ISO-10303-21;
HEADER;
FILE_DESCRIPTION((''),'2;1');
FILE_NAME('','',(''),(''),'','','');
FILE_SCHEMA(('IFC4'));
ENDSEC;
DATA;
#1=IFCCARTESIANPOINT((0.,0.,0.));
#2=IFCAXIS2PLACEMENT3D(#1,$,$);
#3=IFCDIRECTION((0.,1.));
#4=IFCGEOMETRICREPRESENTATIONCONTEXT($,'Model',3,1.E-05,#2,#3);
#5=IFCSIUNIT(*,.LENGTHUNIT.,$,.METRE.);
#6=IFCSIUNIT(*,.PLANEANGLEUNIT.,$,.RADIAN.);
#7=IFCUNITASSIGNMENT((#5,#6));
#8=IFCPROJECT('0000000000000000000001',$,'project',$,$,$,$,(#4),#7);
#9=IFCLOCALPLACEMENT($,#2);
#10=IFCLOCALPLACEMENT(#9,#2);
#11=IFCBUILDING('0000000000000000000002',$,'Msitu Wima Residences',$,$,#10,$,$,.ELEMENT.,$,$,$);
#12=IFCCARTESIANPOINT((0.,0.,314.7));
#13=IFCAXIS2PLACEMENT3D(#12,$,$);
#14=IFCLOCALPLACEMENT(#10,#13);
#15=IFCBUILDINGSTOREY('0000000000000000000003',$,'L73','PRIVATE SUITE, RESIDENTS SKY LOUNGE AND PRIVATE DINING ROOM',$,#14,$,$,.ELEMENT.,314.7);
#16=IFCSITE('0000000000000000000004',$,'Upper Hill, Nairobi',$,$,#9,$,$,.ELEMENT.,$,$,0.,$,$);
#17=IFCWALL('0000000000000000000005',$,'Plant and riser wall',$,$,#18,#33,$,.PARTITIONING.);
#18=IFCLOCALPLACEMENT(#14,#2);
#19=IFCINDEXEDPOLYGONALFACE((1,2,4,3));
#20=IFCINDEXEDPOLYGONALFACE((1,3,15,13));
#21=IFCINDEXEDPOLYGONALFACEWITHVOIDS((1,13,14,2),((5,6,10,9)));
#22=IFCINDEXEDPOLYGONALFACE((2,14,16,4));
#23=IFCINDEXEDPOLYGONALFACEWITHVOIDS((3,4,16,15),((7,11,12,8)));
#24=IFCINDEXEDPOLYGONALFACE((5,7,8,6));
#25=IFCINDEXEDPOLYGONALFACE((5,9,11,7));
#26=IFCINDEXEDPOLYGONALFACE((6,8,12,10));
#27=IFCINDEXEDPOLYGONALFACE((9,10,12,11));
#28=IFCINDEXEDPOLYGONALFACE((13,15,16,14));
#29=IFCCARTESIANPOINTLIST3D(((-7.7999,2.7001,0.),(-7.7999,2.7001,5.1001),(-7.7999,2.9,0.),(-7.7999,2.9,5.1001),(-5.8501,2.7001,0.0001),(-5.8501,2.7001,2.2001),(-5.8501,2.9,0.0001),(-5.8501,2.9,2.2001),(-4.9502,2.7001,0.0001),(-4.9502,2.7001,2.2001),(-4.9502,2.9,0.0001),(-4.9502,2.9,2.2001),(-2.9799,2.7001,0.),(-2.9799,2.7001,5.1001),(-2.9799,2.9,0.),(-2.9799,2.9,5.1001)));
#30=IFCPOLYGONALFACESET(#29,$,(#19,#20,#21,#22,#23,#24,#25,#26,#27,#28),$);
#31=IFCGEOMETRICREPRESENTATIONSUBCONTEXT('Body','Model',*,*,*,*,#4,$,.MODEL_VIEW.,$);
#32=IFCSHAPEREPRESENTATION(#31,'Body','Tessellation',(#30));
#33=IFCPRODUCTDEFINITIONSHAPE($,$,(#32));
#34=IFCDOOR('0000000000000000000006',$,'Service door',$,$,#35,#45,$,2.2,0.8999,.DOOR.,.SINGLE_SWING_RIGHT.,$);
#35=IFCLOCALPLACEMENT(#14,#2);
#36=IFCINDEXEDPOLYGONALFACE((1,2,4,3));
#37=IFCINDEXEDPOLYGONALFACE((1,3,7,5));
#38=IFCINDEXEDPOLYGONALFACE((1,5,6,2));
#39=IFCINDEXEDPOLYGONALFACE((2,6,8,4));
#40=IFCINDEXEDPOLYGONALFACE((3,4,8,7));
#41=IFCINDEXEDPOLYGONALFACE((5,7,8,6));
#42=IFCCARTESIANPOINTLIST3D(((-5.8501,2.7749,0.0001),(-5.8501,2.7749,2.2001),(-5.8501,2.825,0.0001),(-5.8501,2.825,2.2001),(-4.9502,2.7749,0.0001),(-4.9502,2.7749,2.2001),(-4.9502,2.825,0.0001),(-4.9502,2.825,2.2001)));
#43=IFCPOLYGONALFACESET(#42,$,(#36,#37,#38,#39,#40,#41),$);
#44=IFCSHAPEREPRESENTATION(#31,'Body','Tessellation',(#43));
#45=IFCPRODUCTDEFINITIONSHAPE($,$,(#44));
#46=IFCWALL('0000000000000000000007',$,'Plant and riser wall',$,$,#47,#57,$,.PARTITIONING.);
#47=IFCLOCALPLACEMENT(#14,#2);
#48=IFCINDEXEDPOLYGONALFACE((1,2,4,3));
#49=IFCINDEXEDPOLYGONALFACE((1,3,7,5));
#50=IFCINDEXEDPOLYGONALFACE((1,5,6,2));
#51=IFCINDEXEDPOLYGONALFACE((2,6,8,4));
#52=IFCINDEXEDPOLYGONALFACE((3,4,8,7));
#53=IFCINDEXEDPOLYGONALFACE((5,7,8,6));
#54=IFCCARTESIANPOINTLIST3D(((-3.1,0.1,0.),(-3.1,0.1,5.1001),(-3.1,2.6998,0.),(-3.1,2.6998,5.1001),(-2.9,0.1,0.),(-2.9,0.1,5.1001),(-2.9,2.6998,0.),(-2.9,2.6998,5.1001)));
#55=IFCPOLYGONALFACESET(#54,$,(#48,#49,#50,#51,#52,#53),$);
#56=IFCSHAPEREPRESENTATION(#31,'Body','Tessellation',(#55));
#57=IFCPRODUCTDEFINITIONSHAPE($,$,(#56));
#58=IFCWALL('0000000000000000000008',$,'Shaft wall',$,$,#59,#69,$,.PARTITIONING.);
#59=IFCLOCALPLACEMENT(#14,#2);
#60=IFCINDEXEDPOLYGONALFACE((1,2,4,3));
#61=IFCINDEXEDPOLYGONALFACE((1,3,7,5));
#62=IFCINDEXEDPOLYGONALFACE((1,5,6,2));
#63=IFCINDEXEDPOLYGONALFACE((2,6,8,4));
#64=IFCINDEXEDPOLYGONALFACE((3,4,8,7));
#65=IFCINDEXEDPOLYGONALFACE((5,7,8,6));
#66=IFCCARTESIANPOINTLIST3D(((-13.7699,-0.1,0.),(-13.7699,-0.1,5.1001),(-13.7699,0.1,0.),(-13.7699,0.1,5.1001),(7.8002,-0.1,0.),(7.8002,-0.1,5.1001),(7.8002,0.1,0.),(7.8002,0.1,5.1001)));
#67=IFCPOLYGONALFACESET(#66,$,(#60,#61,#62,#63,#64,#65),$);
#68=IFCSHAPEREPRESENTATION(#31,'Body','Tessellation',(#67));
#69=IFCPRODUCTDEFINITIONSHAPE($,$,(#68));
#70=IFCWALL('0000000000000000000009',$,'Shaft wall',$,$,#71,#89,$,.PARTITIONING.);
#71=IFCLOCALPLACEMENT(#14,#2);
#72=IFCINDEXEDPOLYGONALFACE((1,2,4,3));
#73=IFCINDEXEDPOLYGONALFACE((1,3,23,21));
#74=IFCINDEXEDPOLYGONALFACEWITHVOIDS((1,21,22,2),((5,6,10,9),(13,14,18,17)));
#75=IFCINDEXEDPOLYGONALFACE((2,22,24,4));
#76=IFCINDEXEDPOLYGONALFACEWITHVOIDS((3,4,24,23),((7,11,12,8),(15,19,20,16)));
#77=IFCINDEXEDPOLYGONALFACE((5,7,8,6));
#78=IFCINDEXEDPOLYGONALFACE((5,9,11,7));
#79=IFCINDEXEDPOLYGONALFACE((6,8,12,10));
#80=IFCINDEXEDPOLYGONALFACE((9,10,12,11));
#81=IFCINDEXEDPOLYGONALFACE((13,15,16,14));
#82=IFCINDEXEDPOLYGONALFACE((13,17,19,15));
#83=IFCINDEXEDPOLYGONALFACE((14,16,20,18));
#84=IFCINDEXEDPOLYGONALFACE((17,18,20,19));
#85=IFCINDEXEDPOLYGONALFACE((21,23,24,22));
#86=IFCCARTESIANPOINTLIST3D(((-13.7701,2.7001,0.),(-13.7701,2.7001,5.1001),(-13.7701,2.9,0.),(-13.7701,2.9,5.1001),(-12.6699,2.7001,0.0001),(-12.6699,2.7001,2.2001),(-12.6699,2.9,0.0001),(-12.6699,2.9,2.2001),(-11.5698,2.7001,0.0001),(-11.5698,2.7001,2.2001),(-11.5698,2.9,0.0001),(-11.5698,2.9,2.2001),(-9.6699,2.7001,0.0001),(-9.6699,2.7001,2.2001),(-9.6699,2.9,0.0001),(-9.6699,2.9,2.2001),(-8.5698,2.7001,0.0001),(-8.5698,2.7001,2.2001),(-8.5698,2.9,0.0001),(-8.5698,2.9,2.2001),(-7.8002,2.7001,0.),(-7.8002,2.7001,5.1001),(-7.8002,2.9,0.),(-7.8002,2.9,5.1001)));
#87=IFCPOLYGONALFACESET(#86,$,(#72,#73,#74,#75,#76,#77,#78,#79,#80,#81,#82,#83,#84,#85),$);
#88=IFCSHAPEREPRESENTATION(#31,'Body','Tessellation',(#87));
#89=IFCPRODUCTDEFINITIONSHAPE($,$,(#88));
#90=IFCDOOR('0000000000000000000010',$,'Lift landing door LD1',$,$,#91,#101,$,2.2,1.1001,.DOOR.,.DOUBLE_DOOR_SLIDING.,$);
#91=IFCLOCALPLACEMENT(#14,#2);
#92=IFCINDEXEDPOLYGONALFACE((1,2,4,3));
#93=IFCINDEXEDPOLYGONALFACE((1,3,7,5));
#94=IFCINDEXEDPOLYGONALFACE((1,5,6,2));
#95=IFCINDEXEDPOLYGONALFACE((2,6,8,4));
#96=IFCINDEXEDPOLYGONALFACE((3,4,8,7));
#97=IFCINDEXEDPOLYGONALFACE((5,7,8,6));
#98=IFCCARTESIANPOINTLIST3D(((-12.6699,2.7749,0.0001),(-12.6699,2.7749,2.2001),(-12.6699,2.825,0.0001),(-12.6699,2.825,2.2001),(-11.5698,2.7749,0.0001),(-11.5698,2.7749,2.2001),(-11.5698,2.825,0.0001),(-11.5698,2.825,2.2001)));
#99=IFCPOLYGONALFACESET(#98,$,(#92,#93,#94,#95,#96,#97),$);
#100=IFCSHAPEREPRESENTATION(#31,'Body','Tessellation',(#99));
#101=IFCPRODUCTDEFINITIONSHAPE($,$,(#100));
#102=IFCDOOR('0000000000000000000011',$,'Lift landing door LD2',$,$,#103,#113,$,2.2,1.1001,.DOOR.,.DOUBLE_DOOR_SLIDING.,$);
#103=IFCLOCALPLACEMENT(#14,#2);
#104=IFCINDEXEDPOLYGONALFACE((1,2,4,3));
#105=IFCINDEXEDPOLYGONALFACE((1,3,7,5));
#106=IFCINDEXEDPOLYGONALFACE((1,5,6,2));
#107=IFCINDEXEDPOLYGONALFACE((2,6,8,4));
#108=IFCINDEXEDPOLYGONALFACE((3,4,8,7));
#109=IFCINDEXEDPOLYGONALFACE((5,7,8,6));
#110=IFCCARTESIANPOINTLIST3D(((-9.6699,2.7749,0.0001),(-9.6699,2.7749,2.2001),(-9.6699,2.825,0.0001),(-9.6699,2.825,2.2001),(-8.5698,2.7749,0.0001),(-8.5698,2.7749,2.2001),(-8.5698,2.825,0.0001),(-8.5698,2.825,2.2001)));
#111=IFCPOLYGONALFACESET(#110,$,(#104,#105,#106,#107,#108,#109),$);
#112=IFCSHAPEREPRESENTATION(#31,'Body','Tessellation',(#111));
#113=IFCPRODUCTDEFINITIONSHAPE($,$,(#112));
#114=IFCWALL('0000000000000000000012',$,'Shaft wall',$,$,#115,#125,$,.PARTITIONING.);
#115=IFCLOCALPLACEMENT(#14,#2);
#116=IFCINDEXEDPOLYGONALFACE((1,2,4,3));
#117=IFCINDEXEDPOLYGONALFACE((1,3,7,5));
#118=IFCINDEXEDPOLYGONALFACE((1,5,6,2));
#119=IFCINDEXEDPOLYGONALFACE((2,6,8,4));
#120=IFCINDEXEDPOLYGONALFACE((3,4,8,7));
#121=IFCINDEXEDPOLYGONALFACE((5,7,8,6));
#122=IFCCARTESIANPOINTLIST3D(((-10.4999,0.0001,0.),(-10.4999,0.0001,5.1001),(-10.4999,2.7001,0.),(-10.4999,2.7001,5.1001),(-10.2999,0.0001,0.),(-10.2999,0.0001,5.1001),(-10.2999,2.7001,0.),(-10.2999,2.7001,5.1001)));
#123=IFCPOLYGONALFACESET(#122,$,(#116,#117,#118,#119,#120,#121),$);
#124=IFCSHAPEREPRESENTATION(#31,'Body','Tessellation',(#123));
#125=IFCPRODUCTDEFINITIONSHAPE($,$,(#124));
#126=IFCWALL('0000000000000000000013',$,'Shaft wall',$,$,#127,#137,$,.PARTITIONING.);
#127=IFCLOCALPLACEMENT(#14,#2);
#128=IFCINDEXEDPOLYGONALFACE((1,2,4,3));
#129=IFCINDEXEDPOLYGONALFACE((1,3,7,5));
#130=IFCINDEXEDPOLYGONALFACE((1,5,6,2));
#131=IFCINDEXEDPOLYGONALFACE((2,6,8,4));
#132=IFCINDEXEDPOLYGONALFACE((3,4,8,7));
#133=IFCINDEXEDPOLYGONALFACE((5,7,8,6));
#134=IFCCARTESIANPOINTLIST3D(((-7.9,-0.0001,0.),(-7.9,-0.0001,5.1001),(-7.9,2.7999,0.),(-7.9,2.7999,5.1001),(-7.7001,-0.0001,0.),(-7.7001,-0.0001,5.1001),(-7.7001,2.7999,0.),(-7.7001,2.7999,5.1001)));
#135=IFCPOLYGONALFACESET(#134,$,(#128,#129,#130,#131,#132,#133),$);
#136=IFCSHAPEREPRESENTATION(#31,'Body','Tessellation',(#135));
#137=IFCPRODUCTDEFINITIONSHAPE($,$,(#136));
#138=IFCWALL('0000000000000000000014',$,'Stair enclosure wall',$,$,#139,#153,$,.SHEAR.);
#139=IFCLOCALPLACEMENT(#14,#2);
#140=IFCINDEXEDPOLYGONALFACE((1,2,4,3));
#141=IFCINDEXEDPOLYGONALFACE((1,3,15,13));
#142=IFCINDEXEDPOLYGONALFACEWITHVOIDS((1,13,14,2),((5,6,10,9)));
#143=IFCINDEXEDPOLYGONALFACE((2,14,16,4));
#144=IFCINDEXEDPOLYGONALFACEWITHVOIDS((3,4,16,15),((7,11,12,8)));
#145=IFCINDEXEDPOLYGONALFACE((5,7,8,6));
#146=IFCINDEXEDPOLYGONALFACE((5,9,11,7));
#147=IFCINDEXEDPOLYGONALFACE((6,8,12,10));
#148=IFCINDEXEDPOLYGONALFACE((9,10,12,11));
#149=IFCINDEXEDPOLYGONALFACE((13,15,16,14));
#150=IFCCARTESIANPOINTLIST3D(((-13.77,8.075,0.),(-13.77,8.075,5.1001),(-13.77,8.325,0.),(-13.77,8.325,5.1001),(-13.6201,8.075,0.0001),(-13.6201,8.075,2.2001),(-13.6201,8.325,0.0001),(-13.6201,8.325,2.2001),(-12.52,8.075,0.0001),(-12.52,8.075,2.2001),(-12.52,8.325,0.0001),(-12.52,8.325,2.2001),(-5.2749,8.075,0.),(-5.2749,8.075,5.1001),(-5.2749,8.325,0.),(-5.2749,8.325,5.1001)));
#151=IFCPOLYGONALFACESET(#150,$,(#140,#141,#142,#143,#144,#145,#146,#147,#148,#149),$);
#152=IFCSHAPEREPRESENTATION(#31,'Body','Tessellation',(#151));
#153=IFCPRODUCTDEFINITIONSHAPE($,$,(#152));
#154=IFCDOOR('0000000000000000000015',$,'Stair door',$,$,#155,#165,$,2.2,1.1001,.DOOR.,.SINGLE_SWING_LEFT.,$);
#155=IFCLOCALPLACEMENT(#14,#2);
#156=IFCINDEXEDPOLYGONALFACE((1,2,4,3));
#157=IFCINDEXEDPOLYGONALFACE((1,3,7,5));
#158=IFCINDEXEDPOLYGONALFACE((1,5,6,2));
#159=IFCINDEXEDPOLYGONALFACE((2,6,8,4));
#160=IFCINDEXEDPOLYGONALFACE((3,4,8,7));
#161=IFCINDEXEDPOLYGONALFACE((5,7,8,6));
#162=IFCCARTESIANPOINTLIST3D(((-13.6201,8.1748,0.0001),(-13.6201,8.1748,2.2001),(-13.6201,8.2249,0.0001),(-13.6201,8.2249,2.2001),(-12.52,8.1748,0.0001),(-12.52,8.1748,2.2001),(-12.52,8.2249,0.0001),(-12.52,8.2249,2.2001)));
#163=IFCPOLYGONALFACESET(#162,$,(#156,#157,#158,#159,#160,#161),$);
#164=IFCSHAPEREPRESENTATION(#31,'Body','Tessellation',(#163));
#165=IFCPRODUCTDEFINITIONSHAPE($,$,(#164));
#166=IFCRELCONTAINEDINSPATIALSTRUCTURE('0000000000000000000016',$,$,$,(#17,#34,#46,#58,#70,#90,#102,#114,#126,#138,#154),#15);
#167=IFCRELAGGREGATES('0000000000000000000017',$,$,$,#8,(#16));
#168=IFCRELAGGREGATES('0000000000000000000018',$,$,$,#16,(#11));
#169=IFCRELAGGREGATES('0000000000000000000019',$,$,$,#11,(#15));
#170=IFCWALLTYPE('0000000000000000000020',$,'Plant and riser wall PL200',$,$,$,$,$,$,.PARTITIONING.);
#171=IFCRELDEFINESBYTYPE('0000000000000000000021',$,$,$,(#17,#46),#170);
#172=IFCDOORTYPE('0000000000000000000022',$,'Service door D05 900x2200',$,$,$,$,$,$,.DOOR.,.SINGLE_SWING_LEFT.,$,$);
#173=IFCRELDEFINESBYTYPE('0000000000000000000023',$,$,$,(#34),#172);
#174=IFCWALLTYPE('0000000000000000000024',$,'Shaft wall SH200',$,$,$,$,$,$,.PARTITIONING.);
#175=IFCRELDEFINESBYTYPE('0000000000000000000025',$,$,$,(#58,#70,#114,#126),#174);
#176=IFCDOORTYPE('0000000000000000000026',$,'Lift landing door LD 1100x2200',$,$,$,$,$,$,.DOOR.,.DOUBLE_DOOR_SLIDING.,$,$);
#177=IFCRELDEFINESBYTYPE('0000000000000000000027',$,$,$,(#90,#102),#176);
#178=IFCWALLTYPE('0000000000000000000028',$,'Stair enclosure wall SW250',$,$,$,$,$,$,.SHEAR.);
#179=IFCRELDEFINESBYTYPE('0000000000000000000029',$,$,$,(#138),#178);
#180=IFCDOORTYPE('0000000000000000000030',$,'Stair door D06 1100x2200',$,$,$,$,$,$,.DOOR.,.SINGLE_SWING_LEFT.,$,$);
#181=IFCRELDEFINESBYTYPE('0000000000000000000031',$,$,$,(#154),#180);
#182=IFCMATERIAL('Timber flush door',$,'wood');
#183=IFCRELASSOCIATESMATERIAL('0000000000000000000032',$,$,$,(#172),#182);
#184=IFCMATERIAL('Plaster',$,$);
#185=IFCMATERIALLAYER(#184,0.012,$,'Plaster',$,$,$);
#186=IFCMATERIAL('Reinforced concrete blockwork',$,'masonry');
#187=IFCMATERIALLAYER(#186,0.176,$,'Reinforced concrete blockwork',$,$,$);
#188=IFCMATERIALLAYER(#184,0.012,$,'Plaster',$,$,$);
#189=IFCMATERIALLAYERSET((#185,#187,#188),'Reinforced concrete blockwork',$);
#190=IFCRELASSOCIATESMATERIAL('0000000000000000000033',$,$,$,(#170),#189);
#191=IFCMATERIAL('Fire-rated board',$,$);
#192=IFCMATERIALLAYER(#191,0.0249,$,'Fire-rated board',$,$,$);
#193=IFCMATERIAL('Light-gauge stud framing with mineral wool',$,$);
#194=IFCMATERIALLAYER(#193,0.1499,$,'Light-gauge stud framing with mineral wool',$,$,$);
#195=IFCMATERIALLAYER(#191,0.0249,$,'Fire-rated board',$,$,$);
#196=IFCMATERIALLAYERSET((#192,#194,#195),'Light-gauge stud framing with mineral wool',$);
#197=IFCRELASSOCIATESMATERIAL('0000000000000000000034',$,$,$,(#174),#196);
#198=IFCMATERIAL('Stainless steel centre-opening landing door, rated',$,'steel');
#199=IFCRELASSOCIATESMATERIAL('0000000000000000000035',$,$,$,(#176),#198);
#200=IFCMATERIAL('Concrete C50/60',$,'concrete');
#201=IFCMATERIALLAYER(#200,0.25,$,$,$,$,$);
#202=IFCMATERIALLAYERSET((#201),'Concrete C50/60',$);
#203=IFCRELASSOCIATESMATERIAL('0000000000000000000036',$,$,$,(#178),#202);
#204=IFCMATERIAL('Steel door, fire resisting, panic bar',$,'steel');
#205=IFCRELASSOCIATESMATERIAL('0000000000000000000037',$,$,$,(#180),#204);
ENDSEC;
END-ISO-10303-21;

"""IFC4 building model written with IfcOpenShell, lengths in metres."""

from ifc_helpers import new_model, si_unit, direction, frame, frame_2d, origin, place, context, subcontext, project, spatial, rectangle, extrude, material, layer, layer_set, type_object, element, fill, save


model = new_model("IFC4")

# Units and contexts
model_context = context("Model", 3, precision=1e-05, world=origin(), true_north=direction((0.0, 1.0)))
body_context = subcontext(model_context, "Body", "Model", "MODEL_VIEW")
ifc_project = project(units=[si_unit("LENGTHUNIT", "METRE"), si_unit("PLANEANGLEUNIT", "RADIAN")], contexts=[model_context])

# Site, building, storey
site_placement = place(None, origin())
site = spatial("IfcSite", under=ifc_project, at=site_placement, Name="Upper Hill, Nairobi", CompositionType="ELEMENT", RefElevation=0.0)
building_placement = place(site_placement, origin())
building = spatial("IfcBuilding", under=site, at=building_placement, Name="Msitu Wima Residences", CompositionType="ELEMENT")
storey_placement = place(building_placement, frame((0.0, 0.0, 314.7)))
storey = spatial("IfcBuildingStorey", under=building, at=storey_placement, Name="L73", Description="PRIVATE SUITE, RESIDENTS SKY LOUNGE AND PRIVATE DINING ROOM", CompositionType="ELEMENT", Elevation=314.7)

# Shared definitions
ifc_material_1 = material(Name="Plaster")
ifc_material_2 = material(Name="Timber flush door", Category="wood")
door_type_1 = type_object("IfcDoorType", Name="Service door D05 900x2200", OperationType="SINGLE_SWING_LEFT", PredefinedType="DOOR", material=ifc_material_2)

# Wall, opening, door
ifc_layer_1 = layer(ifc_material_1, 0.012, Name="Plaster")
ifc_material_3 = material(Name="Reinforced concrete blockwork", Category="masonry")
ifc_layer_2 = layer(ifc_material_3, 0.176, Name="Reinforced concrete blockwork")
ifc_layer_3 = layer(ifc_material_1, 0.012, Name="Plaster")
ifc_layer_set_1 = layer_set([ifc_layer_1, ifc_layer_2, ifc_layer_3], Name="Reinforced concrete blockwork")
wall_type_1 = type_object("IfcWallType", Name="Plant and riser wall PL200", PredefinedType="PARTITIONING", material=ifc_layer_set_1)
wall_1_placement = place(storey_placement, frame((-7.8, 2.8, 0.0), z_axis=(0.0, 0.0, 1.0), x_axis=(1.0, 0.0, 0.0)))
wall_1 = element("IfcWall", 1, at=wall_1_placement, inside=storey, type_object=wall_type_1, Name="Plant and riser wall", PredefinedType="PARTITIONING", context=body_context, shape_type="SweptSolid", body=[
    extrude(rectangle(XDim=4.8201, YDim=0.2, at=frame_2d((2.4102, 0.0))), origin(), (0.0, 0.0, 1.0), 5.1001),
])
opening_1_placement = place(wall_1_placement, frame((1.95, 0.0, 0.0)))
opening_1 = element("IfcOpeningElement", 2, at=opening_1_placement, cuts=wall_1, PredefinedType="OPENING", context=body_context, shape_type="SweptSolid", body=[
    extrude(rectangle(XDim=0.8999, YDim=2.2, at=frame_2d((0.45, 1.1001))), frame((0.0, 0.1099, 0.0), z_axis=(0.0, -1.0, 0.0), x_axis=(1.0, 0.0, 0.0)), (0.0, 0.0, 1.0), 0.22),
])
door_1_placement = place(opening_1_placement, origin())
door_1 = element("IfcDoor", 3, at=door_1_placement, inside=storey, type_object=door_type_1, Name="Service door", OperationType="SINGLE_SWING_RIGHT", OverallHeight=2.2, OverallWidth=0.8999, PredefinedType="DOOR", context=body_context, shape_type="SweptSolid", body=[
    extrude(rectangle(XDim=0.8999, YDim=2.2, at=frame_2d((0.45, 1.1001))), frame((0.0, 0.0249, 0.0), z_axis=(0.0, -1.0, 0.0), x_axis=(1.0, 0.0, 0.0)), (0.0, 0.0, 1.0), 0.05),
])
fill(opening_1, door_1)

# Walls
wall_2_placement = place(storey_placement, frame((-3.0, 0.1001, 0.0), z_axis=(0.0, 0.0, 1.0), x_axis=(0.0, 1.0, 0.0)))
element("IfcWall", 4, at=wall_2_placement, inside=storey, type_object=wall_type_1, Name="Plant and riser wall", PredefinedType="PARTITIONING", context=body_context, shape_type="SweptSolid", body=[
    extrude(rectangle(XDim=2.5999, YDim=0.2, at=frame_2d((1.2998, 0.0))), origin(), (0.0, 0.0, 1.0), 5.1001),
])
ifc_material_4 = material(Name="Fire-rated board")
ifc_layer_4 = layer(ifc_material_4, 0.0249, Name="Fire-rated board")
ifc_material_5 = material(Name="Light-gauge stud framing with mineral wool")
ifc_layer_5 = layer(ifc_material_5, 0.1499, Name="Light-gauge stud framing with mineral wool")
ifc_layer_6 = layer(ifc_material_4, 0.0249, Name="Fire-rated board")
ifc_layer_set_2 = layer_set([ifc_layer_4, ifc_layer_5, ifc_layer_6], Name="Light-gauge stud framing with mineral wool")
wall_type_2 = type_object("IfcWallType", Name="Shaft wall SH200", PredefinedType="PARTITIONING", material=ifc_layer_set_2)
wall_3_placement = place(storey_placement, frame((-13.77, 0.0, 0.0), z_axis=(0.0, 0.0, 1.0), x_axis=(1.0, 0.0, 0.0)))
element("IfcWall", 5, at=wall_3_placement, inside=storey, type_object=wall_type_2, Name="Shaft wall", PredefinedType="PARTITIONING", context=body_context, shape_type="SweptSolid", body=[
    extrude(rectangle(XDim=21.5701, YDim=0.2, at=frame_2d((10.7852, 0.0))), origin(), (0.0, 0.0, 1.0), 5.1001),
])

# Wall, openings, doors
wall_4_placement = place(storey_placement, frame((-13.77, 2.8, 0.0), z_axis=(0.0, 0.0, 1.0), x_axis=(1.0, 0.0, 0.0)))
wall_4 = element("IfcWall", 6, at=wall_4_placement, inside=storey, type_object=wall_type_2, Name="Shaft wall", PredefinedType="PARTITIONING", context=body_context, shape_type="SweptSolid", body=[
    extrude(rectangle(XDim=5.97, YDim=0.2, at=frame_2d((2.9849, 0.0))), origin(), (0.0, 0.0, 1.0), 5.1001),
])
opening_2_placement = place(wall_4_placement, frame((1.1001, 0.0, 0.0)))
opening_2 = element("IfcOpeningElement", 7, at=opening_2_placement, cuts=wall_4, PredefinedType="OPENING", context=body_context, shape_type="SweptSolid", body=[
    extrude(rectangle(XDim=1.1001, YDim=2.2, at=frame_2d((0.55, 1.1001))), frame((0.0, 0.1099, 0.0), z_axis=(0.0, -1.0, 0.0), x_axis=(1.0, 0.0, 0.0)), (0.0, 0.0, 1.0), 0.22),
])
opening_3_placement = place(wall_4_placement, frame((4.1001, 0.0, 0.0)))
opening_3 = element("IfcOpeningElement", 8, at=opening_3_placement, cuts=wall_4, PredefinedType="OPENING", context=body_context, shape_type="SweptSolid", body=[
    extrude(rectangle(XDim=1.1001, YDim=2.2, at=frame_2d((0.55, 1.1001))), frame((0.0, 0.1099, 0.0), z_axis=(0.0, -1.0, 0.0), x_axis=(1.0, 0.0, 0.0)), (0.0, 0.0, 1.0), 0.22),
])
ifc_material_6 = material(Name="Stainless steel centre-opening landing door, rated", Category="steel")
door_type_2 = type_object("IfcDoorType", Name="Lift landing door LD 1100x2200", OperationType="DOUBLE_DOOR_SLIDING", PredefinedType="DOOR", material=ifc_material_6)
door_2_placement = place(opening_2_placement, origin())
door_2 = element("IfcDoor", 9, at=door_2_placement, inside=storey, type_object=door_type_2, Name="Lift landing door LD1", OperationType="DOUBLE_DOOR_SLIDING", OverallHeight=2.2, OverallWidth=1.1001, PredefinedType="DOOR", context=body_context, shape_type="SweptSolid", body=[
    extrude(rectangle(XDim=1.1001, YDim=2.2, at=frame_2d((0.55, 1.1001))), frame((0.0, 0.0249, 0.0), z_axis=(0.0, -1.0, 0.0), x_axis=(1.0, 0.0, 0.0)), (0.0, 0.0, 1.0), 0.05),
])
fill(opening_2, door_2)
door_3_placement = place(opening_3_placement, origin())
door_3 = element("IfcDoor", 10, at=door_3_placement, inside=storey, type_object=door_type_2, Name="Lift landing door LD2", OperationType="DOUBLE_DOOR_SLIDING", OverallHeight=2.2, OverallWidth=1.1001, PredefinedType="DOOR", context=body_context, shape_type="SweptSolid", body=[
    extrude(rectangle(XDim=1.1001, YDim=2.2, at=frame_2d((0.55, 1.1001))), frame((0.0, 0.0249, 0.0), z_axis=(0.0, -1.0, 0.0), x_axis=(1.0, 0.0, 0.0)), (0.0, 0.0, 1.0), 0.05),
])
fill(opening_3, door_3)

# Walls
wall_5_placement = place(storey_placement, frame((-10.3999, 0.0, 0.0), z_axis=(0.0, 0.0, 1.0), x_axis=(0.0, 1.0, 0.0)))
element("IfcWall", 11, at=wall_5_placement, inside=storey, type_object=wall_type_2, Name="Shaft wall", PredefinedType="PARTITIONING", context=body_context, shape_type="SweptSolid", body=[
    extrude(rectangle(XDim=2.7, YDim=0.2, at=frame_2d((1.3501, 0.0))), origin(), (0.0, 0.0, 1.0), 5.1001),
])
wall_6_placement = place(storey_placement, frame((-7.8, 0.0, 0.0), z_axis=(0.0, 0.0, 1.0), x_axis=(0.0, 1.0, 0.0)))
element("IfcWall", 12, at=wall_6_placement, inside=storey, type_object=wall_type_2, Name="Shaft wall", PredefinedType="PARTITIONING", context=body_context, shape_type="SweptSolid", body=[
    extrude(rectangle(XDim=2.8, YDim=0.2, at=frame_2d((1.3999, 0.0))), origin(), (0.0, 0.0, 1.0), 5.1001),
])

# Wall, opening, door
ifc_material_7 = material(Name="Concrete C50/60", Category="concrete")
ifc_layer_7 = layer(ifc_material_7, 0.25)
ifc_layer_set_3 = layer_set([ifc_layer_7], Name="Concrete C50/60")
wall_type_3 = type_object("IfcWallType", Name="Stair enclosure wall SW250", PredefinedType="SHEAR", material=ifc_layer_set_3)
wall_7_placement = place(storey_placement, frame((-13.77, 8.2, 0.0), z_axis=(0.0, 0.0, 1.0), x_axis=(1.0, 0.0, 0.0)))
wall_7 = element("IfcWall", 13, at=wall_7_placement, inside=storey, type_object=wall_type_3, Name="Stair enclosure wall", PredefinedType="SHEAR", context=body_context, shape_type="SweptSolid", body=[
    extrude(rectangle(XDim=8.4951, YDim=0.25, at=frame_2d((4.2476, 0.0))), origin(), (0.0, 0.0, 1.0), 5.1001),
])
opening_4_placement = place(wall_7_placement, frame((0.1499, 0.0, 0.0)))
opening_4 = element("IfcOpeningElement", 14, at=opening_4_placement, cuts=wall_7, PredefinedType="OPENING", context=body_context, shape_type="SweptSolid", body=[
    extrude(rectangle(XDim=1.1001, YDim=2.2, at=frame_2d((0.55, 1.1001))), frame((0.0, 0.135, 0.0), z_axis=(0.0, -1.0, 0.0), x_axis=(1.0, 0.0, 0.0)), (0.0, 0.0, 1.0), 0.27),
])
ifc_material_8 = material(Name="Steel door, fire resisting, panic bar", Category="steel")
door_type_3 = type_object("IfcDoorType", Name="Stair door D06 1100x2200", OperationType="SINGLE_SWING_LEFT", PredefinedType="DOOR", material=ifc_material_8)
door_4_placement = place(opening_4_placement, origin())
door_4 = element("IfcDoor", 15, at=door_4_placement, inside=storey, type_object=door_type_3, Name="Stair door", OperationType="SINGLE_SWING_LEFT", OverallHeight=2.2, OverallWidth=1.1001, PredefinedType="DOOR", context=body_context, shape_type="SweptSolid", body=[
    extrude(rectangle(XDim=1.1001, YDim=2.2, at=frame_2d((0.55, 1.1001))), frame((0.0, 0.0249, 0.0), z_axis=(0.0, -1.0, 0.0), x_axis=(1.0, 0.0, 0.0)), (0.0, 0.0, 1.0), 0.05),
])
fill(opening_4, door_4)

save(model, "model.ifc")
